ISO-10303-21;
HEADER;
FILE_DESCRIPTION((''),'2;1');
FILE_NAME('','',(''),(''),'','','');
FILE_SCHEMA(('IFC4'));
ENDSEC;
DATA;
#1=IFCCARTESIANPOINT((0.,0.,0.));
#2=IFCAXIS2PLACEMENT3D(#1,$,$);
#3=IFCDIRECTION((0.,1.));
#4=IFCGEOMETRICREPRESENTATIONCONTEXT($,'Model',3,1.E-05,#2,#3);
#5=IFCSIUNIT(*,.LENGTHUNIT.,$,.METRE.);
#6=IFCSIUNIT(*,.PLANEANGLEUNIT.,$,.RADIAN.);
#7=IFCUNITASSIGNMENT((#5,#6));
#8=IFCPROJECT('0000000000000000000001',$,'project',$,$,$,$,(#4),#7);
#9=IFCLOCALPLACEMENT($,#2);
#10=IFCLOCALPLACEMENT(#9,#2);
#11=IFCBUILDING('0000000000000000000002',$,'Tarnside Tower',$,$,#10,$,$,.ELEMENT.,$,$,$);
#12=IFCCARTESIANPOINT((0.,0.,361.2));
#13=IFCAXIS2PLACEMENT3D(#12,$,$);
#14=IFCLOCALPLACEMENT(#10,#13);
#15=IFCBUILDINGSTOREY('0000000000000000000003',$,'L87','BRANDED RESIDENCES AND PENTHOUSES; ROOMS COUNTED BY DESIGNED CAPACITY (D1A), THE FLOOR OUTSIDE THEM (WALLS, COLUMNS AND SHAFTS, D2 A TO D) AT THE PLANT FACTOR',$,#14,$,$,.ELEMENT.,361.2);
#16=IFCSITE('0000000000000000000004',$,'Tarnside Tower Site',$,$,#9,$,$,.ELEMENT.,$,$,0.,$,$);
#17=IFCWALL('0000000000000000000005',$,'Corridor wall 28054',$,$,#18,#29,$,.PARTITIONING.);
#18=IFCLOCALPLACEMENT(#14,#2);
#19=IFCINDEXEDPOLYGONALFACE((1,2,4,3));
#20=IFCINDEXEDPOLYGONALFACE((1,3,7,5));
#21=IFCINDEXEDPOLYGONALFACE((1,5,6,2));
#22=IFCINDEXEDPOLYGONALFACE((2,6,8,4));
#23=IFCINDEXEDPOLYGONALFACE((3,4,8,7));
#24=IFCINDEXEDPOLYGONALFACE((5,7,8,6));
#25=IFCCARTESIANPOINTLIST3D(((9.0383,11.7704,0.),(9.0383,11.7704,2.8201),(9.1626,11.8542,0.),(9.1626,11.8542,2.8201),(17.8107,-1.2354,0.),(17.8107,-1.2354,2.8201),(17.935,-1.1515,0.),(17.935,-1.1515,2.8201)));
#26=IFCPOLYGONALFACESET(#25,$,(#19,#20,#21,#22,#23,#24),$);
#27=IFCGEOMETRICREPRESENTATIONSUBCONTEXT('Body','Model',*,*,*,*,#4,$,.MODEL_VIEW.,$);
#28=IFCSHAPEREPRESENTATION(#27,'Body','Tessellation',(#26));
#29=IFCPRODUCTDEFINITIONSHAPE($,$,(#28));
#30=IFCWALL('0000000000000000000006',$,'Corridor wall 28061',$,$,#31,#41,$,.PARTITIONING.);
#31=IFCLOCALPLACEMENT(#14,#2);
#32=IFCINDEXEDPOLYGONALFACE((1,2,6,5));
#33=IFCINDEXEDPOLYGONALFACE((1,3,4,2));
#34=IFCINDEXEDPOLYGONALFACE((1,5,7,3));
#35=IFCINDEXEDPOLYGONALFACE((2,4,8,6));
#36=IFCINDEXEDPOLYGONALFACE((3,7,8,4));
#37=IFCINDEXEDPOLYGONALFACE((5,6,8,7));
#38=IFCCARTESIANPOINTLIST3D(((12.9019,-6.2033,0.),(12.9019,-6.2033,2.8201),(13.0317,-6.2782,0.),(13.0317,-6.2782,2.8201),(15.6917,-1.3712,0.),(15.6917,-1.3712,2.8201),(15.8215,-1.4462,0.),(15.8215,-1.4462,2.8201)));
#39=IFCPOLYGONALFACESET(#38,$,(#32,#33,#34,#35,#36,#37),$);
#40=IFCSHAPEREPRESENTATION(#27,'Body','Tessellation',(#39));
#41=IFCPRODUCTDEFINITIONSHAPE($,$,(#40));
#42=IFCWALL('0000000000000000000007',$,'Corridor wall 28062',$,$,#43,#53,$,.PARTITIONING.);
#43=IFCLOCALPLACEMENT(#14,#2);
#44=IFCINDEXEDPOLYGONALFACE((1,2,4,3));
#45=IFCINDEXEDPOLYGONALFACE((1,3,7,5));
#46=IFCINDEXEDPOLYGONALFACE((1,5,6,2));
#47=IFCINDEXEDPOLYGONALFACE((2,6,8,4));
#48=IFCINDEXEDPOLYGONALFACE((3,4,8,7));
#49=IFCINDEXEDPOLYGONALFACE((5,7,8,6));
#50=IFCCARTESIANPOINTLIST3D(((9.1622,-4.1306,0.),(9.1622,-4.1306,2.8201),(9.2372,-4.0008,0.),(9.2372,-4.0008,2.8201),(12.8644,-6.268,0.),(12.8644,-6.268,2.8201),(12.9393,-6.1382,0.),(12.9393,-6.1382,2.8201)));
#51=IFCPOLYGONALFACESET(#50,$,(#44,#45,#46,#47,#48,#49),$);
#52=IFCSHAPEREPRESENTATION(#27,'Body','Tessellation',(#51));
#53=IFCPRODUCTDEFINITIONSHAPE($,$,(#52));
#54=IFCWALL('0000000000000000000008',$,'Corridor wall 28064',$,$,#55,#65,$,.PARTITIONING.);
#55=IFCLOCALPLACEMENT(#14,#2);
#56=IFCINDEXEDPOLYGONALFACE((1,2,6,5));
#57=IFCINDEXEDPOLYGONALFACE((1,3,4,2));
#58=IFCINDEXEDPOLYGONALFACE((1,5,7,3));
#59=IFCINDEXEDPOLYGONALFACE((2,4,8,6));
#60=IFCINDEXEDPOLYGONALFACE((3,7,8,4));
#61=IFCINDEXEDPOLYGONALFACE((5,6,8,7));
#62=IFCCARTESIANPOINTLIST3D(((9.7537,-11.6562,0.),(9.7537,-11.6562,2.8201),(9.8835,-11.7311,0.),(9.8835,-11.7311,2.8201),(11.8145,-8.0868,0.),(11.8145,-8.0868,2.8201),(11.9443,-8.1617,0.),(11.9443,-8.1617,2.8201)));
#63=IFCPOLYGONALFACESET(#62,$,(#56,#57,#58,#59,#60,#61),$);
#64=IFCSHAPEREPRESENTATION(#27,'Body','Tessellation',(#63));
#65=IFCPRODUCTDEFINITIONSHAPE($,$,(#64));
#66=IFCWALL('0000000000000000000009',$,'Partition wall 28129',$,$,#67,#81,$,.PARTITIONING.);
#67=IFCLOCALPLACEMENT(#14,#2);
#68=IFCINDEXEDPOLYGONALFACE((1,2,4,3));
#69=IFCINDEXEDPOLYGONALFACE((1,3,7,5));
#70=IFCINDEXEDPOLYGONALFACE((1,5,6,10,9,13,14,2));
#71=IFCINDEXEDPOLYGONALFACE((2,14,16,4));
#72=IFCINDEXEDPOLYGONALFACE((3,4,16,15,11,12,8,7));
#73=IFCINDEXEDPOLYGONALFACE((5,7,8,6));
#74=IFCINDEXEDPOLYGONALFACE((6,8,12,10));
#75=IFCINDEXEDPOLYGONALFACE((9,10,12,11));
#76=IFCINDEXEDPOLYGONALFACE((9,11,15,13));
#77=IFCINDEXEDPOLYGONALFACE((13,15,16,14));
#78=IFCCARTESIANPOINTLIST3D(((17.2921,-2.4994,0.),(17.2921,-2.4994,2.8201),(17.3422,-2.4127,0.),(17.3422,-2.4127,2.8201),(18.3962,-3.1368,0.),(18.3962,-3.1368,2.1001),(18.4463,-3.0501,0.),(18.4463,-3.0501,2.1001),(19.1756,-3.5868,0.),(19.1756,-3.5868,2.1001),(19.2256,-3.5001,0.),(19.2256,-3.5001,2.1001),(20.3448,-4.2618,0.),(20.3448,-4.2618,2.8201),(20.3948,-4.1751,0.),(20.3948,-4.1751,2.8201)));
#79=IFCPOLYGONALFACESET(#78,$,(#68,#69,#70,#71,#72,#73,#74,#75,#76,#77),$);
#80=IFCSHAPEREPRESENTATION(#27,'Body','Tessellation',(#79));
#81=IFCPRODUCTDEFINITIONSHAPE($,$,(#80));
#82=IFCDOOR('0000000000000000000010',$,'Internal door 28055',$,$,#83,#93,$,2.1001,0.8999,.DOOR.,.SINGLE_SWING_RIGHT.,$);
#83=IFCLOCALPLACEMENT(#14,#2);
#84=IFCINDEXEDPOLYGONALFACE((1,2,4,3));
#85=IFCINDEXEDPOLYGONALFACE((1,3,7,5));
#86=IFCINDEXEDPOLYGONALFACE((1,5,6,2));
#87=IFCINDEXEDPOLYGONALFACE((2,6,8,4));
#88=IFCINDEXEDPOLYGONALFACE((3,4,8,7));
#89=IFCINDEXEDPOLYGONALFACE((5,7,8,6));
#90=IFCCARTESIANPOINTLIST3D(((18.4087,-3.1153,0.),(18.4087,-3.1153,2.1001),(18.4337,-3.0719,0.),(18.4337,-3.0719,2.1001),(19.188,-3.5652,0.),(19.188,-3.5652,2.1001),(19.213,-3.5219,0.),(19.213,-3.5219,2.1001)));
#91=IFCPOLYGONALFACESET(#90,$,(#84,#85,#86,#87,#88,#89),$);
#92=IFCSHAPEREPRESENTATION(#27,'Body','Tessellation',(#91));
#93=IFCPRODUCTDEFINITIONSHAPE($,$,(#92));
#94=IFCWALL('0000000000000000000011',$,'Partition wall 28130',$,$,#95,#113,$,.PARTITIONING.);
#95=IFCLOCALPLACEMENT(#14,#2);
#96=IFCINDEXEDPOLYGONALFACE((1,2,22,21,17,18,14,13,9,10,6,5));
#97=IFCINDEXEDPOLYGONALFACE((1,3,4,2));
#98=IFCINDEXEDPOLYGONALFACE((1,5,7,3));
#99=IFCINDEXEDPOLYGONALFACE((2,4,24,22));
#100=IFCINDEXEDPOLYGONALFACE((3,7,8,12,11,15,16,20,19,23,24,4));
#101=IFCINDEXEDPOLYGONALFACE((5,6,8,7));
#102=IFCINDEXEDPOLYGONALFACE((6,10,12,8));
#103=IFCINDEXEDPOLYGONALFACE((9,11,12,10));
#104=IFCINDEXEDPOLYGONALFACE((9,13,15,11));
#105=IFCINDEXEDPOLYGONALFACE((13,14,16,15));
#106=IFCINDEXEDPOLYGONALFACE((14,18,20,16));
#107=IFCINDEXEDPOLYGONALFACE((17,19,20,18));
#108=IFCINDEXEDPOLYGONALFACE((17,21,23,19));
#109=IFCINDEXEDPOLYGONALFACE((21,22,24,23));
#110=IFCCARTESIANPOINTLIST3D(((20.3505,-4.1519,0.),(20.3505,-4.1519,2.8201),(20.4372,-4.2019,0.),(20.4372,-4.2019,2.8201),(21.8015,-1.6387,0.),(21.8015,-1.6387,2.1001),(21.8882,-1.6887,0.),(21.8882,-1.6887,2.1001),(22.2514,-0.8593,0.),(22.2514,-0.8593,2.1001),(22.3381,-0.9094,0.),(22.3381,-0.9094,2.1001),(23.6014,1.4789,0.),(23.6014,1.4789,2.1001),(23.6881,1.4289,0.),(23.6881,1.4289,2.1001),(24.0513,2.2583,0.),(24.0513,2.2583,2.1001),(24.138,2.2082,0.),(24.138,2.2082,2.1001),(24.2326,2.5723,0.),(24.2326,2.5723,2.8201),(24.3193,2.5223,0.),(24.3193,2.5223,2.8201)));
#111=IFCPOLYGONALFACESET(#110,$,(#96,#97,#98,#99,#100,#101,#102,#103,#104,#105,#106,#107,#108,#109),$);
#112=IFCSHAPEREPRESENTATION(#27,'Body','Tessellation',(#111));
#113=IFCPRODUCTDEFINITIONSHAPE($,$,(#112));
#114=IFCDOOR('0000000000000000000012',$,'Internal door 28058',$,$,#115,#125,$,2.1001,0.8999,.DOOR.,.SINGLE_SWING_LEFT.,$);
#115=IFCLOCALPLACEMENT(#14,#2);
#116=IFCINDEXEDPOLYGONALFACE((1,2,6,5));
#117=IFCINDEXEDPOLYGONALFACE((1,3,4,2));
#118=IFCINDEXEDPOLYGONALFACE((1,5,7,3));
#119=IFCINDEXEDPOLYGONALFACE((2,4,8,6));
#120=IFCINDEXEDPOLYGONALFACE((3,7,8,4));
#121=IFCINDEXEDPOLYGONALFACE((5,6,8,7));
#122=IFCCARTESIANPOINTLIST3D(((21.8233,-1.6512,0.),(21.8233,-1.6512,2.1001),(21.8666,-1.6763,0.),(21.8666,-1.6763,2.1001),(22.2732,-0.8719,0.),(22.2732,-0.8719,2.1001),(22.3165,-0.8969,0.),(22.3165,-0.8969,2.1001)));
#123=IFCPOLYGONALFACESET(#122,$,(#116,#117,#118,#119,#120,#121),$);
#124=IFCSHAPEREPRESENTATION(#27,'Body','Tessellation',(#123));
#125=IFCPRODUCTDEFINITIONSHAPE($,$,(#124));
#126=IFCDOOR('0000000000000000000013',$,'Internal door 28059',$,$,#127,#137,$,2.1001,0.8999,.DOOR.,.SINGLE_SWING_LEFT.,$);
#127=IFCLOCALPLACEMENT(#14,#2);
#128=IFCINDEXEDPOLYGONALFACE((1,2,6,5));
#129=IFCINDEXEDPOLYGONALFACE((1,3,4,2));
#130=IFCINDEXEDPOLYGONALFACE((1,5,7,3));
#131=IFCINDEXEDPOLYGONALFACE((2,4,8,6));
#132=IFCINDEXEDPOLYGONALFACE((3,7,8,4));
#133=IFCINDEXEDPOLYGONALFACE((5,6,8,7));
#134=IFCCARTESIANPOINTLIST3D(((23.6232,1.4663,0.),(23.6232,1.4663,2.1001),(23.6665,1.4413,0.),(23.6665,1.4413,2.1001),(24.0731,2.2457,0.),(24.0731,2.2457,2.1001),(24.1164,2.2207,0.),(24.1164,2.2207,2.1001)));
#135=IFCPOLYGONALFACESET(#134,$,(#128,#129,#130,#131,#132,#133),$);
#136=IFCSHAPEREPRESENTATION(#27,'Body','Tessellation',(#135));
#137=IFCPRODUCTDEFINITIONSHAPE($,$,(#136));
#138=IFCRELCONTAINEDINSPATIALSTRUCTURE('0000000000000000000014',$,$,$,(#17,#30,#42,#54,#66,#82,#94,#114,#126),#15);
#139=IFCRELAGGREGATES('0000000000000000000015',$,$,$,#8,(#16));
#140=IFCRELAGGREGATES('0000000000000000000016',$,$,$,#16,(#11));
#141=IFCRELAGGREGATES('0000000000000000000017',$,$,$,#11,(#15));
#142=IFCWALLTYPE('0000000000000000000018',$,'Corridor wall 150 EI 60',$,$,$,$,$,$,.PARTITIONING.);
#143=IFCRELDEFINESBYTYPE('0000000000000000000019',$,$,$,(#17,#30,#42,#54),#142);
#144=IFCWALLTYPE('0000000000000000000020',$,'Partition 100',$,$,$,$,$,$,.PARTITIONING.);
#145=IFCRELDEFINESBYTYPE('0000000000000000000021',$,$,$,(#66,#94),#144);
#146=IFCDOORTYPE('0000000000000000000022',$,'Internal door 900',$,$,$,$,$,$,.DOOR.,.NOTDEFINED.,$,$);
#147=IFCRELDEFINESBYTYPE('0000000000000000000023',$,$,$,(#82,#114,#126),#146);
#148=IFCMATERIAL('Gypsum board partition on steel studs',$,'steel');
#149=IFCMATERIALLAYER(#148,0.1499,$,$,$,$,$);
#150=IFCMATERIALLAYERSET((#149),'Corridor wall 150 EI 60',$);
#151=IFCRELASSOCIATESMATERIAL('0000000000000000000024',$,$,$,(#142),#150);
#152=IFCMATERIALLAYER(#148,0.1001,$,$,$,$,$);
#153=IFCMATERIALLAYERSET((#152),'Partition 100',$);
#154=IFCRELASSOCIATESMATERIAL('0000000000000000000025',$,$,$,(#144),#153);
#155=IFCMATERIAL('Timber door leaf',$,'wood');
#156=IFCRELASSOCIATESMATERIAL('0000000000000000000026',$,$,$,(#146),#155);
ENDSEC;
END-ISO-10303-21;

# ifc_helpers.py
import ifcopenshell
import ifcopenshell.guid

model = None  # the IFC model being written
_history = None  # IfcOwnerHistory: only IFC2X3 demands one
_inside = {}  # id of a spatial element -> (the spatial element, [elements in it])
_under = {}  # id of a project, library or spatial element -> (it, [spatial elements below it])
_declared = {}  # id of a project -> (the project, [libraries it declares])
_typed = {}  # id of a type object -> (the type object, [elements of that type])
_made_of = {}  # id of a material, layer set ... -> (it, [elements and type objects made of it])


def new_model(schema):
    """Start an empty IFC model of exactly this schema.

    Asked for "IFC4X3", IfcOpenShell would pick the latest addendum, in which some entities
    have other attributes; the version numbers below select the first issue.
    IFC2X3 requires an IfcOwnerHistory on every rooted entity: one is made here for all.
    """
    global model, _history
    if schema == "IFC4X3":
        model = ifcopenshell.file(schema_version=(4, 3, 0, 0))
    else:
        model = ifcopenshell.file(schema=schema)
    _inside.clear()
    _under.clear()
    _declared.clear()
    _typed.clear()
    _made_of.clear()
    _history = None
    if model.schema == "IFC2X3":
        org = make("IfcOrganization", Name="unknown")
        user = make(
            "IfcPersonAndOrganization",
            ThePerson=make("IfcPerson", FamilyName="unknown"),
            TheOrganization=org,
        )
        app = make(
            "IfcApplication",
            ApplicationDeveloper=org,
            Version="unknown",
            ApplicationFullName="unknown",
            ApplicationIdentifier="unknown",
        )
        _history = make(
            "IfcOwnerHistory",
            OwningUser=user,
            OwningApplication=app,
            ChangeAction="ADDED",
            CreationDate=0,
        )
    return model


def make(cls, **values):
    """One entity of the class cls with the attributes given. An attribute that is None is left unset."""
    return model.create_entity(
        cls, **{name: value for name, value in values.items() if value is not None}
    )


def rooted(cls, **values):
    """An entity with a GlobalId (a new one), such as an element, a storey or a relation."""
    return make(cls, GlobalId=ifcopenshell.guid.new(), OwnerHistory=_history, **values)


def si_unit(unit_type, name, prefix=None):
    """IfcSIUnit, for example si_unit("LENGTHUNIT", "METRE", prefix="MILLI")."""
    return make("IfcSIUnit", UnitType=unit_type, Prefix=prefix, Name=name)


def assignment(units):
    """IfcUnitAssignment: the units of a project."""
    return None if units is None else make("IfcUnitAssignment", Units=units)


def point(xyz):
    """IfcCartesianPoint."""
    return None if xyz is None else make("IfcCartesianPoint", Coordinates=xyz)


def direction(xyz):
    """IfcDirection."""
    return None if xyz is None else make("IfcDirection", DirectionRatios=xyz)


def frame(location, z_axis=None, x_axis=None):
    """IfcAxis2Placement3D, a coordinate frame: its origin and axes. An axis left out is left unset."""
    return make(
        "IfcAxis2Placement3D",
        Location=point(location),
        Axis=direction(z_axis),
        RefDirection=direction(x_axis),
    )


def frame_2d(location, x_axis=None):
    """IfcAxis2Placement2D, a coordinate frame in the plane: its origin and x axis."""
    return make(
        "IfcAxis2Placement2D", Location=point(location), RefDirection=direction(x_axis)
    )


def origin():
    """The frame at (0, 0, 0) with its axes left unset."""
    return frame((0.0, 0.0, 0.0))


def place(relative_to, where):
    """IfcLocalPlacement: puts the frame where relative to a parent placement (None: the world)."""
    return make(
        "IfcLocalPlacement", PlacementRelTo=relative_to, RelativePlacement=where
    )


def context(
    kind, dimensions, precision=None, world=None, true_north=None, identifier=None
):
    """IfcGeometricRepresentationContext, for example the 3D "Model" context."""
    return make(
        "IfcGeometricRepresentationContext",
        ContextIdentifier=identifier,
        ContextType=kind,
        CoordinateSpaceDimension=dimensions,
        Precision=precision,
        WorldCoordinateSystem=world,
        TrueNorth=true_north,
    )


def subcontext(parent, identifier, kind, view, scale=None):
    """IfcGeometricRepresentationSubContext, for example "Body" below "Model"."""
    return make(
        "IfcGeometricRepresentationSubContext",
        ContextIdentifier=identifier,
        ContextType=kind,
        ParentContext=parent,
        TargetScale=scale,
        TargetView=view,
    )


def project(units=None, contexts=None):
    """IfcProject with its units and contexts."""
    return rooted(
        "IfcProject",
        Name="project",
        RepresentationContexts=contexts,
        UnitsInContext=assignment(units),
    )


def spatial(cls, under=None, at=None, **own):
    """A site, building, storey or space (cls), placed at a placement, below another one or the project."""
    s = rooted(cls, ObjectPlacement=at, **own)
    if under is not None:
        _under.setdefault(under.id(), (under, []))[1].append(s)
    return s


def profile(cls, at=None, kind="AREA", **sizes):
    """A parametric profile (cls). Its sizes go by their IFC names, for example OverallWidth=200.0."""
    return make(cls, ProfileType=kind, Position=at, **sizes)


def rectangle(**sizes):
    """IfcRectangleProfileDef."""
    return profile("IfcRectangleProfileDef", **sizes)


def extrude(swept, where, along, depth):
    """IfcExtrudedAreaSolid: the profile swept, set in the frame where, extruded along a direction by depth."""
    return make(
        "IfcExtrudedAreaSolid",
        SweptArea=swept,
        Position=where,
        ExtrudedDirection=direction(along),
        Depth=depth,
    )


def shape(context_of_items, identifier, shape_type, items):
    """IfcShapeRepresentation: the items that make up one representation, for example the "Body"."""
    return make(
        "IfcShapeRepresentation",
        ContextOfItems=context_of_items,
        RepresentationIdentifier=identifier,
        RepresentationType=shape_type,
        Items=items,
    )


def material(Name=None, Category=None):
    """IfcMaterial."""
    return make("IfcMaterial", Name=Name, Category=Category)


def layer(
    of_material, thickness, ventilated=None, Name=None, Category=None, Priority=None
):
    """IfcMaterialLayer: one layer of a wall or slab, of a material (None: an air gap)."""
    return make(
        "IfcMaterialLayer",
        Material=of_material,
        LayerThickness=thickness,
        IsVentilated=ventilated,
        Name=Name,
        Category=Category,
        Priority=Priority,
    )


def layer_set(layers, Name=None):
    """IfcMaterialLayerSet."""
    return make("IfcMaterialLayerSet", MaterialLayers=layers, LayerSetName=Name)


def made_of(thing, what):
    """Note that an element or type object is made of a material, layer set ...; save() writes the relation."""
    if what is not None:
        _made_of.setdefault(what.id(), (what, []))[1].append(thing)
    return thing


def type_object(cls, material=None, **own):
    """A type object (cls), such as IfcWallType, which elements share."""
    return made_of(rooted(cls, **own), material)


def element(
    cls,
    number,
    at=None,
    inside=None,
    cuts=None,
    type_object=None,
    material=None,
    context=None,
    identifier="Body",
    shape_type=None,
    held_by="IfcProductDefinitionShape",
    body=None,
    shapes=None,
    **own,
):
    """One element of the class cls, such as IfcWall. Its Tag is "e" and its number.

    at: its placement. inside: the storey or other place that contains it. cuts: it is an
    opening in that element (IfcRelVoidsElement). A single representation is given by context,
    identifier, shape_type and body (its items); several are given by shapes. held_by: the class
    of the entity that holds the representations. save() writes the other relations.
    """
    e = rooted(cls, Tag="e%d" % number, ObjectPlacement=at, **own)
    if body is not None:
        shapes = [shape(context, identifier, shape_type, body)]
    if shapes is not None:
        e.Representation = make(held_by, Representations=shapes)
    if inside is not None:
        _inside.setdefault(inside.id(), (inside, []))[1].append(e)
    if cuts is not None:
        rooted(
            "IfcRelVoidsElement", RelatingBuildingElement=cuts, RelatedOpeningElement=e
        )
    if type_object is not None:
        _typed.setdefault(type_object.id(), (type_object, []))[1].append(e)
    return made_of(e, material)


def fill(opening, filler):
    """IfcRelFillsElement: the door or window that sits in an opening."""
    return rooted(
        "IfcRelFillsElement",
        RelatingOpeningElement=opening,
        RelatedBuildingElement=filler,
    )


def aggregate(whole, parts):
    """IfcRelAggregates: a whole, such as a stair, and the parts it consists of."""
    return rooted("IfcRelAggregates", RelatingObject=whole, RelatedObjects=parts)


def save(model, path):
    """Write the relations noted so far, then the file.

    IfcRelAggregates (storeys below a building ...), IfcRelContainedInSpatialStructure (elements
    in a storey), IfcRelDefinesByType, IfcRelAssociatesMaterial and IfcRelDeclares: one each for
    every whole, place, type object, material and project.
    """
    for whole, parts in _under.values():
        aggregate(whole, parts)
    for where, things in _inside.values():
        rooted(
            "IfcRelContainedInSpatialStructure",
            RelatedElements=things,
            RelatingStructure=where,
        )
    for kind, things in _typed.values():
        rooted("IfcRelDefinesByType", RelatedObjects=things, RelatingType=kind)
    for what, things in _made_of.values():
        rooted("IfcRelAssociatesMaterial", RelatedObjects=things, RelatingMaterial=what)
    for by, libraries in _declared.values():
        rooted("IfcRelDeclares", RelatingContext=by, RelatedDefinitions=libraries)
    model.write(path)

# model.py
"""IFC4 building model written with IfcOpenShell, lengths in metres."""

from ifc_helpers import new_model, si_unit, direction, frame, frame_2d, origin, place, context, subcontext, project, spatial, rectangle, extrude, material, layer, layer_set, type_object, element, fill, save


model = new_model("IFC4")

# Units and contexts
model_context = context("Model", 3, precision=1e-05, world=origin(), true_north=direction((0.0, 1.0)))
body_context = subcontext(model_context, "Body", "Model", "MODEL_VIEW")
ifc_project = project(units=[si_unit("LENGTHUNIT", "METRE"), si_unit("PLANEANGLEUNIT", "RADIAN")], contexts=[model_context])

# Site, building, storey
site_placement = place(None, origin())
site = spatial("IfcSite", under=ifc_project, at=site_placement, Name="Tarnside Tower Site", CompositionType="ELEMENT", RefElevation=0.0)
building_placement = place(site_placement, origin())
building = spatial("IfcBuilding", under=site, at=building_placement, Name="Tarnside Tower", CompositionType="ELEMENT")
storey_placement = place(building_placement, frame((0.0, 0.0, 361.2)))
storey = spatial("IfcBuildingStorey", under=building, at=storey_placement, Name="L87", Description="BRANDED RESIDENCES AND PENTHOUSES; ROOMS COUNTED BY DESIGNED CAPACITY (D1A), THE FLOOR OUTSIDE THEM (WALLS, COLUMNS AND SHAFTS, D2 A TO D) AT THE PLANT FACTOR", CompositionType="ELEMENT", Elevation=361.2)

# Shared definitions
ifc_material_1 = material(Name="Gypsum board partition on steel studs", Category="steel")
ifc_material_2 = material(Name="Timber door leaf", Category="wood")

# Walls
ifc_layer_1 = layer(ifc_material_1, 0.1499)
ifc_layer_set_1 = layer_set([ifc_layer_1], Name="Corridor wall 150 EI 60")
wall_type_1 = type_object("IfcWallType", Name="Corridor wall 150 EI 60", PredefinedType="PARTITIONING", material=ifc_layer_set_1)
wall_1_placement = place(storey_placement, frame((17.8728, -1.1934, 0.0), z_axis=(0.0, 0.0, 1.0), x_axis=(-0.559188, 0.829041, 0.0)))
element("IfcWall", 1, at=wall_1_placement, inside=storey, type_object=wall_type_1, Name="Corridor wall 28054", PredefinedType="PARTITIONING", context=body_context, shape_type="SweptSolid", body=[
    extrude(rectangle(XDim=15.6877, YDim=0.1499, at=frame_2d((7.8438, 0.0))), origin(), (0.0, 0.0, 1.0), 2.8201),
])
wall_2_placement = place(storey_placement, frame((15.7566, -1.4087, 0.0), z_axis=(0.0, 0.0, 1.0), x_axis=(-0.500003, -0.866024, 0.0)))
element("IfcWall", 2, at=wall_2_placement, inside=storey, type_object=wall_type_1, Name="Corridor wall 28061", PredefinedType="PARTITIONING", context=body_context, shape_type="SweptSolid", body=[
    extrude(rectangle(XDim=5.5796, YDim=0.1499, at=frame_2d((2.7898, 0.0))), origin(), (0.0, 0.0, 1.0), 2.8201),
])
wall_3_placement = place(storey_placement, frame((12.9019, -6.2031, 0.0), z_axis=(0.0, 0.0, 1.0), x_axis=(-0.866024, 0.500003, 0.0)))
element("IfcWall", 3, at=wall_3_placement, inside=storey, type_object=wall_type_1, Name="Corridor wall 28062", PredefinedType="PARTITIONING", context=body_context, shape_type="SweptSolid", body=[
    extrude(rectangle(XDim=4.2749, YDim=0.1499, at=frame_2d((2.1375, 0.0))), origin(), (0.0, 0.0, 1.0), 2.8201),
])
wall_4_placement = place(storey_placement, frame((11.8794, -8.1243, 0.0), z_axis=(0.0, 0.0, 1.0), x_axis=(-0.500006, -0.866022, 0.0)))
element("IfcWall", 4, at=wall_4_placement, inside=storey, type_object=wall_type_1, Name="Corridor wall 28064", PredefinedType="PARTITIONING", context=body_context, shape_type="SweptSolid", body=[
    extrude(rectangle(XDim=4.1216, YDim=0.1499, at=frame_2d((2.0608, 0.0))), origin(), (0.0, 0.0, 1.0), 2.8201),
])

# Wall, opening, door
ifc_layer_2 = layer(ifc_material_1, 0.1001)
ifc_layer_set_2 = layer_set([ifc_layer_2], Name="Partition 100")
wall_type_2 = type_object("IfcWallType", Name="Partition 100", PredefinedType="PARTITIONING", material=ifc_layer_set_2)
wall_5_placement = place(storey_placement, frame((17.3171, -2.4561, 0.0), z_axis=(0.0, 0.0, 1.0), x_axis=(0.866031, -0.49999, 0.0)))
wall_5 = element("IfcWall", 5, at=wall_5_placement, inside=storey, type_object=wall_type_2, Name="Partition wall 28129", PredefinedType="PARTITIONING", context=body_context, shape_type="SweptSolid", body=[
    extrude(rectangle(XDim=3.5249, YDim=0.1001, at=frame_2d((1.7625, 0.0))), origin(), (0.0, 0.0, 1.0), 2.8201),
])
opening_1_placement = place(wall_5_placement, frame((1.2749, 0.0, 0.0)))
opening_1 = element("IfcOpeningElement", 6, at=opening_1_placement, cuts=wall_5, PredefinedType="OPENING", context=body_context, shape_type="SweptSolid", body=[
    extrude(rectangle(XDim=0.8999, YDim=2.1001, at=frame_2d((0.45, 1.05))), frame((0.0, 0.0601, 0.0), z_axis=(0.0, -1.0, 0.0), x_axis=(1.0, 0.0, 0.0)), (0.0, 0.0, 1.0), 0.1201),
])
door_type_1 = type_object("IfcDoorType", Name="Internal door 900", OperationType="NOTDEFINED", PredefinedType="DOOR", material=ifc_material_2)
door_1_placement = place(opening_1_placement, origin())
door_1 = element("IfcDoor", 7, at=door_1_placement, inside=storey, type_object=door_type_1, Name="Internal door 28055", OperationType="SINGLE_SWING_RIGHT", OverallHeight=2.1001, OverallWidth=0.8999, PredefinedType="DOOR", context=body_context, shape_type="SweptSolid", body=[
    extrude(rectangle(XDim=0.8999, YDim=2.1001, at=frame_2d((0.45, 1.05))), frame((0.0, 0.0249, 0.0), z_axis=(0.0, -1.0, 0.0), x_axis=(1.0, 0.0, 0.0)), (0.0, 0.0, 1.0), 0.05),
])
fill(opening_1, door_1)

# Wall, openings, doors
wall_6_placement = place(storey_placement, frame((20.3938, -4.177, 0.0), z_axis=(0.0, 0.0, 1.0), x_axis=(0.499991, 0.866031, 0.0)))
wall_6 = element("IfcWall", 8, at=wall_6_placement, inside=storey, type_object=wall_type_2, Name="Partition wall 28130", PredefinedType="PARTITIONING", context=body_context, shape_type="SweptSolid", body=[
    extrude(rectangle(XDim=7.7644, YDim=0.1001, at=frame_2d((3.8823, 0.0))), origin(), (0.0, 0.0, 1.0), 2.8201),
])
opening_2_placement = place(wall_6_placement, frame((2.9021, 0.0, 0.0)))
opening_2 = element("IfcOpeningElement", 9, at=opening_2_placement, cuts=wall_6, PredefinedType="OPENING", context=body_context, shape_type="SweptSolid", body=[
    extrude(rectangle(XDim=0.8999, YDim=2.1001, at=frame_2d((0.45, 1.05))), frame((0.0, 0.0601, 0.0), z_axis=(0.0, -1.0, 0.0), x_axis=(1.0, 0.0, 0.0)), (0.0, 0.0, 1.0), 0.1201),
])
opening_3_placement = place(wall_6_placement, frame((6.502, 0.0, 0.0)))
opening_3 = element("IfcOpeningElement", 10, at=opening_3_placement, cuts=wall_6, PredefinedType="OPENING", context=body_context, shape_type="SweptSolid", body=[
    extrude(rectangle(XDim=0.8999, YDim=2.1001, at=frame_2d((0.45, 1.05))), frame((0.0, 0.0601, 0.0), z_axis=(0.0, -1.0, 0.0), x_axis=(1.0, 0.0, 0.0)), (0.0, 0.0, 1.0), 0.1201),
])
door_2_placement = place(opening_2_placement, origin())
door_2 = element("IfcDoor", 11, at=door_2_placement, inside=storey, type_object=door_type_1, Name="Internal door 28058", OperationType="SINGLE_SWING_LEFT", OverallHeight=2.1001, OverallWidth=0.8999, PredefinedType="DOOR", context=body_context, shape_type="SweptSolid", body=[
    extrude(rectangle(XDim=0.8999, YDim=2.1001, at=frame_2d((0.45, 1.05))), frame((0.0, 0.0249, 0.0), z_axis=(0.0, -1.0, 0.0), x_axis=(1.0, 0.0, 0.0)), (0.0, 0.0, 1.0), 0.05),
])
fill(opening_2, door_2)
door_3_placement = place(opening_3_placement, origin())
door_3 = element("IfcDoor", 12, at=door_3_placement, inside=storey, type_object=door_type_1, Name="Internal door 28059", OperationType="SINGLE_SWING_LEFT", OverallHeight=2.1001, OverallWidth=0.8999, PredefinedType="DOOR", context=body_context, shape_type="SweptSolid", body=[
    extrude(rectangle(XDim=0.8999, YDim=2.1001, at=frame_2d((0.45, 1.05))), frame((0.0, 0.0249, 0.0), z_axis=(0.0, -1.0, 0.0), x_axis=(1.0, 0.0, 0.0)), (0.0, 0.0, 1.0), 0.05),
])
fill(opening_3, door_3)

save(model, "model.ifc")
